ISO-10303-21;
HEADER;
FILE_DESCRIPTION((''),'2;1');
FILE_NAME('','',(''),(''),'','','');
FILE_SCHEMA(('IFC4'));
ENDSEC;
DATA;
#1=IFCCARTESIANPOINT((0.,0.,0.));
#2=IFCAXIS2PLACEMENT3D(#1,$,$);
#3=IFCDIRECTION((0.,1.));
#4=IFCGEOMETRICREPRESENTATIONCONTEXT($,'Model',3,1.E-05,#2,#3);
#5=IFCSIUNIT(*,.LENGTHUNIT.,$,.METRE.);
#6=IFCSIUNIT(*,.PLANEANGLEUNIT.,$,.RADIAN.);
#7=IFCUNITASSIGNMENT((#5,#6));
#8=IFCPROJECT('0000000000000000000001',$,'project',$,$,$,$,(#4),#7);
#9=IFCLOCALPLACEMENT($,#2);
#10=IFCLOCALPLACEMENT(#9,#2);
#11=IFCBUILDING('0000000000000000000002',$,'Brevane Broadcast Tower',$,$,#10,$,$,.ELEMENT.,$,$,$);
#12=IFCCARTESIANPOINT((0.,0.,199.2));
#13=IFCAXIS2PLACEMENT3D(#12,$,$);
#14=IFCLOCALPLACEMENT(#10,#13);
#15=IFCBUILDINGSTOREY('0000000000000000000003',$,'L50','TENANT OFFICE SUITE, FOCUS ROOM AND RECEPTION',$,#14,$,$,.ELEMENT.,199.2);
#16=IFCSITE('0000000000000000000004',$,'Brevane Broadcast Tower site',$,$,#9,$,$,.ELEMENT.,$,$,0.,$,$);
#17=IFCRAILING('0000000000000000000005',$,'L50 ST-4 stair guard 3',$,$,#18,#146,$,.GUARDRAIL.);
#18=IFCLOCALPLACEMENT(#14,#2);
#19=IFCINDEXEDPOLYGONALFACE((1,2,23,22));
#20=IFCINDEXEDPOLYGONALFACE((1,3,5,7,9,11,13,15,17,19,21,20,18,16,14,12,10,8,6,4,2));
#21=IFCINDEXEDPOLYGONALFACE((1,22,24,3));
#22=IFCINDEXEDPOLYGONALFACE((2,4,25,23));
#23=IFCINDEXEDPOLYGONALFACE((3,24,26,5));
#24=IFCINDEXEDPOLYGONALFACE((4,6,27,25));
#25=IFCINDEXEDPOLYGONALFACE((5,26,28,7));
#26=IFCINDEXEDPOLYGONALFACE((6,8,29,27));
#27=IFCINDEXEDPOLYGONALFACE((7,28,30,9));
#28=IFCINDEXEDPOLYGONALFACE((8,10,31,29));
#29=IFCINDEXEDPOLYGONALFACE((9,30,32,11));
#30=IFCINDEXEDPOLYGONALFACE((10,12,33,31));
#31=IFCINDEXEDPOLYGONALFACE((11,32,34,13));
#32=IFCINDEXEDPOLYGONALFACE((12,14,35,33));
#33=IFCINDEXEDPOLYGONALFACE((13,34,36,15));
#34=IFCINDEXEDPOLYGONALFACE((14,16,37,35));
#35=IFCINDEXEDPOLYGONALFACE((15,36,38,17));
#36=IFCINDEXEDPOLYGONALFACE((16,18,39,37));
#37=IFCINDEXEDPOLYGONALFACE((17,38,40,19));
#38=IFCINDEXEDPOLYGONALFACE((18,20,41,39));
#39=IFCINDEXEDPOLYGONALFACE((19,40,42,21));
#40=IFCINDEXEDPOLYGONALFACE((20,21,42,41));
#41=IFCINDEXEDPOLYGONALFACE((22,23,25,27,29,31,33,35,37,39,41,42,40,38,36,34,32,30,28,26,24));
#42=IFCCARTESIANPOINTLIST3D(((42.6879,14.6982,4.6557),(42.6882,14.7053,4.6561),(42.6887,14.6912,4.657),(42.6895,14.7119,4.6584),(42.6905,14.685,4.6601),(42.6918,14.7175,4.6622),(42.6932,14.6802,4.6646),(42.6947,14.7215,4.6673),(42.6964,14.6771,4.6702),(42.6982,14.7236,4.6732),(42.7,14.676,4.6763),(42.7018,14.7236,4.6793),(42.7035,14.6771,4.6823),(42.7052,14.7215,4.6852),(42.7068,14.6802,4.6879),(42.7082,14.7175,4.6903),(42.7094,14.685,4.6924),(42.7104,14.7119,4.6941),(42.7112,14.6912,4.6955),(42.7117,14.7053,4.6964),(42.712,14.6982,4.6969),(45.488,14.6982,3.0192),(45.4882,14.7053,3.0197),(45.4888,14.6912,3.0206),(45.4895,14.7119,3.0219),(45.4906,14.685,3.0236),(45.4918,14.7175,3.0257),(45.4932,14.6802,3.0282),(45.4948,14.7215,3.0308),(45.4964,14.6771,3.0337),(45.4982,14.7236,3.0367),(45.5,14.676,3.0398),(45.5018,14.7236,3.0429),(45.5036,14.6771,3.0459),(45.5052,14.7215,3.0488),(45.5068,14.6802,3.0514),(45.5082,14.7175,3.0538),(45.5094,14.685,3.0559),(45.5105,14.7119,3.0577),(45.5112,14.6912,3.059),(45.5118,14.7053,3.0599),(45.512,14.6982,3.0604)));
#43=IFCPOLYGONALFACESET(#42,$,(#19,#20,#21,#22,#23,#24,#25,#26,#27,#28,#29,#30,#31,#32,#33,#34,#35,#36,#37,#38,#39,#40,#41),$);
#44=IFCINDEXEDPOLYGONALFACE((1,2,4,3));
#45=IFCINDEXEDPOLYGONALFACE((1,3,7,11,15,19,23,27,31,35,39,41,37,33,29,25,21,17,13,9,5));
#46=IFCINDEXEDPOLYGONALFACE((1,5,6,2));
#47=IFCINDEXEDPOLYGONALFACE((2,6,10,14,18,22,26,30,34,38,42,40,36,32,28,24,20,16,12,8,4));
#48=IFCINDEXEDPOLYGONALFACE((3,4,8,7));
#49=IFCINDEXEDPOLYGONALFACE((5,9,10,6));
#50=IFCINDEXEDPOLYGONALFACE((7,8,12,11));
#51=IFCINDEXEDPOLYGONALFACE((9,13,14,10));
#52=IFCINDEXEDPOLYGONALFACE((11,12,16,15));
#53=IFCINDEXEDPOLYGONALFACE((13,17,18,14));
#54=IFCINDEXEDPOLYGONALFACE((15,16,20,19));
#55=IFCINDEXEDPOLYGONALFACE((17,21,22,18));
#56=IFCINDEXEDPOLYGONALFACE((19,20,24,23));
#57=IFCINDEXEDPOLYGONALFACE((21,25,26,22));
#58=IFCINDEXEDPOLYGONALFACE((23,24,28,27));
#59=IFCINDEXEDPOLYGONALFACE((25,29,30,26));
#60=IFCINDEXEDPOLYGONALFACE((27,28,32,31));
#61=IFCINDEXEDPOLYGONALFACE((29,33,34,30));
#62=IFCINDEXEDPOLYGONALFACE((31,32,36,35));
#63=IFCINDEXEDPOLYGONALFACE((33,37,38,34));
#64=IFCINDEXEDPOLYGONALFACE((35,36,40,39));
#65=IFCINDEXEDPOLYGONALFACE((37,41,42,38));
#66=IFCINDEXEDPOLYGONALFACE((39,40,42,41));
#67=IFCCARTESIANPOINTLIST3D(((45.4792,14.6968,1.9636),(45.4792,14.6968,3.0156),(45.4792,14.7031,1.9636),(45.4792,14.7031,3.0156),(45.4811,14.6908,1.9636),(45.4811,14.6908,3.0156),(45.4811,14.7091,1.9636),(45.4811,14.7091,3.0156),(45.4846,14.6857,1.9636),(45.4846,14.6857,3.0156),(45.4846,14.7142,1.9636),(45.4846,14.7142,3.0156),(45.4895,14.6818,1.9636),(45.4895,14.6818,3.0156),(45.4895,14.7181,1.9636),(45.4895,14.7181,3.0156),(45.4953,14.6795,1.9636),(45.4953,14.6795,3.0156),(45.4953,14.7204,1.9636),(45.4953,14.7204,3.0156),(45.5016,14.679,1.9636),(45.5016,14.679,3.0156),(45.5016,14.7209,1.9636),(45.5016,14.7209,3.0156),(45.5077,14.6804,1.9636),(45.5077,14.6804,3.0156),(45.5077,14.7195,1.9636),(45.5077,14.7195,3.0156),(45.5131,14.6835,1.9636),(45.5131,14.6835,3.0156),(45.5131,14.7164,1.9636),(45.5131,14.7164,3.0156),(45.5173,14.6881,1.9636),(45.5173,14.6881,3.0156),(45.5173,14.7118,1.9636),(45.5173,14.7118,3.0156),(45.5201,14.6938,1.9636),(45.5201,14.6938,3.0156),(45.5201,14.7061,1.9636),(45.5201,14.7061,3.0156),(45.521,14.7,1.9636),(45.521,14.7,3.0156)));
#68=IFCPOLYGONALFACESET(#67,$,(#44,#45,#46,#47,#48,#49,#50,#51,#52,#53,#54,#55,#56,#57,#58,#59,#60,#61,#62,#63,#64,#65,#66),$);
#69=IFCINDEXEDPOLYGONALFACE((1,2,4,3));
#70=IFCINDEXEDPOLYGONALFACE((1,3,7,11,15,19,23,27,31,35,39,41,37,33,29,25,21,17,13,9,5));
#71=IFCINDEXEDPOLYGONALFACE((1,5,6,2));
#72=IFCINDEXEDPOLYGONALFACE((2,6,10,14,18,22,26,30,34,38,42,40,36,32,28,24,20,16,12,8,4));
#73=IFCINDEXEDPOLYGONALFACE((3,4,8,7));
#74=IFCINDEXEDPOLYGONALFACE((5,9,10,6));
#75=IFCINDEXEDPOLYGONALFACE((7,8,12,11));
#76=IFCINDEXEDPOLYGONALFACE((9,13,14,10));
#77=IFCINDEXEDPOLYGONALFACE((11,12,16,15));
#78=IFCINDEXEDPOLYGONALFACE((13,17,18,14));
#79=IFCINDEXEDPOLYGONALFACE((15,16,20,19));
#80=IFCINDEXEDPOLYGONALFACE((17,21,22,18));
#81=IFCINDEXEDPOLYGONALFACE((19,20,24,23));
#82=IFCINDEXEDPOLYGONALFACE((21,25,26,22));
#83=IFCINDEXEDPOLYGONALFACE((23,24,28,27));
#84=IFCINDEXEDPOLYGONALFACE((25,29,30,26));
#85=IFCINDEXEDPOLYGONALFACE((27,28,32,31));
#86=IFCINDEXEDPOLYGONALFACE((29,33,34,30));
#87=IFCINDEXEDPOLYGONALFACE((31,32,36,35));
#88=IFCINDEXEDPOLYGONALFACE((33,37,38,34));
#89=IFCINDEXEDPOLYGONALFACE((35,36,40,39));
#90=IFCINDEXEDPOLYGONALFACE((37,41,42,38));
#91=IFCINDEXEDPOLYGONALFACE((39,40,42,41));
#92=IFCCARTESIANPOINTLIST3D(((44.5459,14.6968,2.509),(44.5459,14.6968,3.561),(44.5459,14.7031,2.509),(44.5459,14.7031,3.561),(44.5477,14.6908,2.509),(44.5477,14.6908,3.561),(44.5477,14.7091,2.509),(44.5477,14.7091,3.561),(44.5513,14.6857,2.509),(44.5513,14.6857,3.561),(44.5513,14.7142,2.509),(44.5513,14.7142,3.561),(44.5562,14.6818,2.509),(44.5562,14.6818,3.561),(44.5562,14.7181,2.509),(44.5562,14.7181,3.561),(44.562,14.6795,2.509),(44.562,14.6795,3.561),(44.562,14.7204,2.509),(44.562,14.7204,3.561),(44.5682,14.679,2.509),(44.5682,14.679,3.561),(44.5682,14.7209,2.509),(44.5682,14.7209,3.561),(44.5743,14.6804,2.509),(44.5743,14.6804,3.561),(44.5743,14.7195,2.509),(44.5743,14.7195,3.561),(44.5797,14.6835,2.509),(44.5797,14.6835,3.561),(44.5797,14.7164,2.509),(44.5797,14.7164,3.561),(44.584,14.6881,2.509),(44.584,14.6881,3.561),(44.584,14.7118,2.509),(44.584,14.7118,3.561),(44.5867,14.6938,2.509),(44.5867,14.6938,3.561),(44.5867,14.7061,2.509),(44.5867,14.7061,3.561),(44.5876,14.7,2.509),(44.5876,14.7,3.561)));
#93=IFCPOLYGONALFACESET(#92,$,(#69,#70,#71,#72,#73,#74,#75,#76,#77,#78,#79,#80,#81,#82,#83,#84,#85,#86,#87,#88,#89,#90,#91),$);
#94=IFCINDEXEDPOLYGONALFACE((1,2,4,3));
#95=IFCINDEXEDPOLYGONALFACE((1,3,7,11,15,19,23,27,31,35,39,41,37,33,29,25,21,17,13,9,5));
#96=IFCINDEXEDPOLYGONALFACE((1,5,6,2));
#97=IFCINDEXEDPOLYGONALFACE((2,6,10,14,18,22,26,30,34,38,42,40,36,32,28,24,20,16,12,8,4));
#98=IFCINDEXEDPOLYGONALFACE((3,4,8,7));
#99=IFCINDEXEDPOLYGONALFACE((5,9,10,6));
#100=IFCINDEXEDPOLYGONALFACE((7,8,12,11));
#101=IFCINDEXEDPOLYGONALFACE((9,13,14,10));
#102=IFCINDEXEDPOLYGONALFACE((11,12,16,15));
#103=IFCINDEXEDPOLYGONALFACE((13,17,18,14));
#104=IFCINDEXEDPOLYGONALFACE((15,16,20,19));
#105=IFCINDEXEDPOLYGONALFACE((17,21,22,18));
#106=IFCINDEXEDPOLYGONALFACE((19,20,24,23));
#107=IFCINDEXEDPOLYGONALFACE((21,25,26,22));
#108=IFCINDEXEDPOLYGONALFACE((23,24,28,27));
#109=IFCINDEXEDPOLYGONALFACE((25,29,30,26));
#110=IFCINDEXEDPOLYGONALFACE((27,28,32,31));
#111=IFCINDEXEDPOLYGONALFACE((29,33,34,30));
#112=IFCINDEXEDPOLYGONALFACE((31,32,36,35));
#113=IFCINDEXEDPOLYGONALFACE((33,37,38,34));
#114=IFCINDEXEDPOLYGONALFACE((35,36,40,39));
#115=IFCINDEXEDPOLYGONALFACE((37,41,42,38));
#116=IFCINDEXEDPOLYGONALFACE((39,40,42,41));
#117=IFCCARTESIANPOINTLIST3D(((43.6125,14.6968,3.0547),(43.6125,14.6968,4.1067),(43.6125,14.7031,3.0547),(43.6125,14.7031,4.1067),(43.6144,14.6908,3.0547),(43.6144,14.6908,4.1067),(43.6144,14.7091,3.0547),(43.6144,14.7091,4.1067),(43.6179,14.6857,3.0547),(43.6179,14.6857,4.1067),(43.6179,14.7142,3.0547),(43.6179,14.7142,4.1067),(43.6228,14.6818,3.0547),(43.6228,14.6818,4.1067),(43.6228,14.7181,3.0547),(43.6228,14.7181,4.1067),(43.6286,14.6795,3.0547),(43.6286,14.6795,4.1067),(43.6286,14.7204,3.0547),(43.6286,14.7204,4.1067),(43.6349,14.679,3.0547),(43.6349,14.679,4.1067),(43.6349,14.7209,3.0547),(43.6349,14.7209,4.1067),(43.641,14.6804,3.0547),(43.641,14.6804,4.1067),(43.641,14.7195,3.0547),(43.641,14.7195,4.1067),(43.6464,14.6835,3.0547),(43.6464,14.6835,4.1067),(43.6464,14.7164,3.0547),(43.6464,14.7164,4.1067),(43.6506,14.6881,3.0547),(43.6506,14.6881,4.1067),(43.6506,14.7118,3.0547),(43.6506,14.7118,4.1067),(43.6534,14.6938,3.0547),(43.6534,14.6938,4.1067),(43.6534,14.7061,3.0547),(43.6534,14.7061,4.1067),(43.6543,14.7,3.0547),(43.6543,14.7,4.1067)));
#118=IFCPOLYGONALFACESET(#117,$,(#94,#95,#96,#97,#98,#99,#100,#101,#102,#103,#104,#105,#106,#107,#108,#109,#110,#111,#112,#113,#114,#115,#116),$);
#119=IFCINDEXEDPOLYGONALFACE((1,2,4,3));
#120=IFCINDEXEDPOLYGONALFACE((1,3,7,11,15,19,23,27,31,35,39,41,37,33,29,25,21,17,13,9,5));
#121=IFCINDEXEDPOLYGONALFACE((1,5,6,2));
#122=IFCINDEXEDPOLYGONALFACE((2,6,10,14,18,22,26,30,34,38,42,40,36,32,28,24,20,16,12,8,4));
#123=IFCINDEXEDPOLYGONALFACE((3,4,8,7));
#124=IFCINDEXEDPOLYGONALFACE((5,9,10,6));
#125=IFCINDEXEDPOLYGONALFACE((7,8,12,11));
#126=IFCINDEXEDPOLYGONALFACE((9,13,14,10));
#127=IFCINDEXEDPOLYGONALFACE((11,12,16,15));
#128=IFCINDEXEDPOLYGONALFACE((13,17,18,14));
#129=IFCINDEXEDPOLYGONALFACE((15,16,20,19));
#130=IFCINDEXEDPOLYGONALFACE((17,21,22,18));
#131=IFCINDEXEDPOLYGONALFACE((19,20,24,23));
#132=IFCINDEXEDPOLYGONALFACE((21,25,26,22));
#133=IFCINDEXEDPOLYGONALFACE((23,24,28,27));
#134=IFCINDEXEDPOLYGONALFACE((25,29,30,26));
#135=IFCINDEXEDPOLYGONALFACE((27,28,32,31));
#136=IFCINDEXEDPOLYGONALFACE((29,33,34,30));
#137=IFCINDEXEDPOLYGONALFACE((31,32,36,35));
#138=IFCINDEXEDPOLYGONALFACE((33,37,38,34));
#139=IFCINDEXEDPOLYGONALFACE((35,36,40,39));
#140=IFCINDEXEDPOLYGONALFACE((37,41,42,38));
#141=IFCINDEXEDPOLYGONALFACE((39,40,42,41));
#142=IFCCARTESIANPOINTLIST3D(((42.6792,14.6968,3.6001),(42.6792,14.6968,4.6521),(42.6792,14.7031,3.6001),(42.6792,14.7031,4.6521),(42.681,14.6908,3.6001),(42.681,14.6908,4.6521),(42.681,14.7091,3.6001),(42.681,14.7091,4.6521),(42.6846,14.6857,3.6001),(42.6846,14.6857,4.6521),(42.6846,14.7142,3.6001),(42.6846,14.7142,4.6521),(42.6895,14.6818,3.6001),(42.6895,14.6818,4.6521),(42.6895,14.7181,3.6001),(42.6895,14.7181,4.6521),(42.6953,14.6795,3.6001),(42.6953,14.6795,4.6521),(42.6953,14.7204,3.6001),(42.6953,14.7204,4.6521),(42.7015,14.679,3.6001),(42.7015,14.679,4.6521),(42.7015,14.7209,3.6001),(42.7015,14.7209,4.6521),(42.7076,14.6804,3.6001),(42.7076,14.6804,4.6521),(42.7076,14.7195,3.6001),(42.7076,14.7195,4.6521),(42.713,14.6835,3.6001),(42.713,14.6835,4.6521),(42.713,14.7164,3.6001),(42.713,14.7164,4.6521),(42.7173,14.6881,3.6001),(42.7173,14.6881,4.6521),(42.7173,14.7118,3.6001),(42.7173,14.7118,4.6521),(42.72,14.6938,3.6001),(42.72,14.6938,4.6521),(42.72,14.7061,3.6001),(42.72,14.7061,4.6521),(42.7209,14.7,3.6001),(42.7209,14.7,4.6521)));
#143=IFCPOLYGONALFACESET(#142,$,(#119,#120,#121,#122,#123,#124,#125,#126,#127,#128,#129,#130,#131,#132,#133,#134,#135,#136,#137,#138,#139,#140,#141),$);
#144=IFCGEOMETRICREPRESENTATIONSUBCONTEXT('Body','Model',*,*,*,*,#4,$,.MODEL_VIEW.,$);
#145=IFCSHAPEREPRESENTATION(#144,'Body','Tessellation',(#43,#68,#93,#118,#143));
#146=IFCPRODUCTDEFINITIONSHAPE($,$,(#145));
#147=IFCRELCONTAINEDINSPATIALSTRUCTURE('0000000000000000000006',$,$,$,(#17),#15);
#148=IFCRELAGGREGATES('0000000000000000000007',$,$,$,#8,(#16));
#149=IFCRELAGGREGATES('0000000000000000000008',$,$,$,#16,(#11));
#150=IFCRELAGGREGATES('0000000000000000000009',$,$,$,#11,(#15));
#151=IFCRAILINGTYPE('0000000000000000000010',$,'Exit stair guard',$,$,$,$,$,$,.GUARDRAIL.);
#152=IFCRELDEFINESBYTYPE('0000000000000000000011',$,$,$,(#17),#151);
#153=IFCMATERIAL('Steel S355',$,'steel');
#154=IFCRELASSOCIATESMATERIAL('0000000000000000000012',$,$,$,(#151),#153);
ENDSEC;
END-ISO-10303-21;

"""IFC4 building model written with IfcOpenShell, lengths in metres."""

from ifc_helpers import new_model, si_unit, direction, frame, origin, origin_2d, place, context, subcontext, project, spatial, circle, extrude, material, type_object, element, save


model = new_model("IFC4")

# Units and contexts
model_context = context("Model", 3, precision=1e-05, world=origin(), true_north=direction((0.0, 1.0)))
body_context = subcontext(model_context, "Body", "Model", "MODEL_VIEW")
ifc_project = project(units=[si_unit("LENGTHUNIT", "METRE"), si_unit("PLANEANGLEUNIT", "RADIAN")], contexts=[model_context])

# Site, building, storey
site_placement = place(None, origin())
site = spatial("IfcSite", under=ifc_project, at=site_placement, Name="Brevane Broadcast Tower site", CompositionType="ELEMENT", RefElevation=0.0)
building_placement = place(site_placement, origin())
building = spatial("IfcBuilding", under=site, at=building_placement, Name="Brevane Broadcast Tower", CompositionType="ELEMENT")
storey_placement = place(building_placement, frame((0.0, 0.0, 199.2)))
storey = spatial("IfcBuildingStorey", under=building, at=storey_placement, Name="L50", Description="TENANT OFFICE SUITE, FOCUS ROOM AND RECEPTION", CompositionType="ELEMENT", Elevation=199.2)

# Railing
ifc_material_1 = material(Name="Steel S355", Category="steel")
railing_type_1 = type_object("IfcRailingType", Name="Exit stair guard", PredefinedType="GUARDRAIL", material=ifc_material_1)
railing_1_placement = place(storey_placement, frame((45.5, 14.7, 1.9636)))
element("IfcRailing", 1, at=railing_1_placement, inside=storey, type_object=railing_type_1, Name="L50 ST-4 stair guard 3", PredefinedType="GUARDRAIL", context=body_context, shape_type="SweptSolid", body=[
    extrude(circle(Radius=0.0239, at=origin_2d()), frame((0.0, 0.0, 1.0762), z_axis=(-0.863361, 0.0, 0.504587), x_axis=(0.0, -1.0, 0.0)), (0.0, 0.0, 1.0), 3.2432),
    extrude(circle(Radius=0.021, at=origin_2d()), origin(), (0.0, 0.0, 1.0), 1.052),
    extrude(circle(Radius=0.021, at=origin_2d()), frame((-0.9333, 0.0, 0.5454)), (0.0, 0.0, 1.0), 1.052),
    extrude(circle(Radius=0.021, at=origin_2d()), frame((-1.8667, 0.0, 1.0911)), (0.0, 0.0, 1.0), 1.052),
    extrude(circle(Radius=0.021, at=origin_2d()), frame((-2.8, 0.0, 1.6365)), (0.0, 0.0, 1.0), 1.052),
])

save(model, "model.ifc")
